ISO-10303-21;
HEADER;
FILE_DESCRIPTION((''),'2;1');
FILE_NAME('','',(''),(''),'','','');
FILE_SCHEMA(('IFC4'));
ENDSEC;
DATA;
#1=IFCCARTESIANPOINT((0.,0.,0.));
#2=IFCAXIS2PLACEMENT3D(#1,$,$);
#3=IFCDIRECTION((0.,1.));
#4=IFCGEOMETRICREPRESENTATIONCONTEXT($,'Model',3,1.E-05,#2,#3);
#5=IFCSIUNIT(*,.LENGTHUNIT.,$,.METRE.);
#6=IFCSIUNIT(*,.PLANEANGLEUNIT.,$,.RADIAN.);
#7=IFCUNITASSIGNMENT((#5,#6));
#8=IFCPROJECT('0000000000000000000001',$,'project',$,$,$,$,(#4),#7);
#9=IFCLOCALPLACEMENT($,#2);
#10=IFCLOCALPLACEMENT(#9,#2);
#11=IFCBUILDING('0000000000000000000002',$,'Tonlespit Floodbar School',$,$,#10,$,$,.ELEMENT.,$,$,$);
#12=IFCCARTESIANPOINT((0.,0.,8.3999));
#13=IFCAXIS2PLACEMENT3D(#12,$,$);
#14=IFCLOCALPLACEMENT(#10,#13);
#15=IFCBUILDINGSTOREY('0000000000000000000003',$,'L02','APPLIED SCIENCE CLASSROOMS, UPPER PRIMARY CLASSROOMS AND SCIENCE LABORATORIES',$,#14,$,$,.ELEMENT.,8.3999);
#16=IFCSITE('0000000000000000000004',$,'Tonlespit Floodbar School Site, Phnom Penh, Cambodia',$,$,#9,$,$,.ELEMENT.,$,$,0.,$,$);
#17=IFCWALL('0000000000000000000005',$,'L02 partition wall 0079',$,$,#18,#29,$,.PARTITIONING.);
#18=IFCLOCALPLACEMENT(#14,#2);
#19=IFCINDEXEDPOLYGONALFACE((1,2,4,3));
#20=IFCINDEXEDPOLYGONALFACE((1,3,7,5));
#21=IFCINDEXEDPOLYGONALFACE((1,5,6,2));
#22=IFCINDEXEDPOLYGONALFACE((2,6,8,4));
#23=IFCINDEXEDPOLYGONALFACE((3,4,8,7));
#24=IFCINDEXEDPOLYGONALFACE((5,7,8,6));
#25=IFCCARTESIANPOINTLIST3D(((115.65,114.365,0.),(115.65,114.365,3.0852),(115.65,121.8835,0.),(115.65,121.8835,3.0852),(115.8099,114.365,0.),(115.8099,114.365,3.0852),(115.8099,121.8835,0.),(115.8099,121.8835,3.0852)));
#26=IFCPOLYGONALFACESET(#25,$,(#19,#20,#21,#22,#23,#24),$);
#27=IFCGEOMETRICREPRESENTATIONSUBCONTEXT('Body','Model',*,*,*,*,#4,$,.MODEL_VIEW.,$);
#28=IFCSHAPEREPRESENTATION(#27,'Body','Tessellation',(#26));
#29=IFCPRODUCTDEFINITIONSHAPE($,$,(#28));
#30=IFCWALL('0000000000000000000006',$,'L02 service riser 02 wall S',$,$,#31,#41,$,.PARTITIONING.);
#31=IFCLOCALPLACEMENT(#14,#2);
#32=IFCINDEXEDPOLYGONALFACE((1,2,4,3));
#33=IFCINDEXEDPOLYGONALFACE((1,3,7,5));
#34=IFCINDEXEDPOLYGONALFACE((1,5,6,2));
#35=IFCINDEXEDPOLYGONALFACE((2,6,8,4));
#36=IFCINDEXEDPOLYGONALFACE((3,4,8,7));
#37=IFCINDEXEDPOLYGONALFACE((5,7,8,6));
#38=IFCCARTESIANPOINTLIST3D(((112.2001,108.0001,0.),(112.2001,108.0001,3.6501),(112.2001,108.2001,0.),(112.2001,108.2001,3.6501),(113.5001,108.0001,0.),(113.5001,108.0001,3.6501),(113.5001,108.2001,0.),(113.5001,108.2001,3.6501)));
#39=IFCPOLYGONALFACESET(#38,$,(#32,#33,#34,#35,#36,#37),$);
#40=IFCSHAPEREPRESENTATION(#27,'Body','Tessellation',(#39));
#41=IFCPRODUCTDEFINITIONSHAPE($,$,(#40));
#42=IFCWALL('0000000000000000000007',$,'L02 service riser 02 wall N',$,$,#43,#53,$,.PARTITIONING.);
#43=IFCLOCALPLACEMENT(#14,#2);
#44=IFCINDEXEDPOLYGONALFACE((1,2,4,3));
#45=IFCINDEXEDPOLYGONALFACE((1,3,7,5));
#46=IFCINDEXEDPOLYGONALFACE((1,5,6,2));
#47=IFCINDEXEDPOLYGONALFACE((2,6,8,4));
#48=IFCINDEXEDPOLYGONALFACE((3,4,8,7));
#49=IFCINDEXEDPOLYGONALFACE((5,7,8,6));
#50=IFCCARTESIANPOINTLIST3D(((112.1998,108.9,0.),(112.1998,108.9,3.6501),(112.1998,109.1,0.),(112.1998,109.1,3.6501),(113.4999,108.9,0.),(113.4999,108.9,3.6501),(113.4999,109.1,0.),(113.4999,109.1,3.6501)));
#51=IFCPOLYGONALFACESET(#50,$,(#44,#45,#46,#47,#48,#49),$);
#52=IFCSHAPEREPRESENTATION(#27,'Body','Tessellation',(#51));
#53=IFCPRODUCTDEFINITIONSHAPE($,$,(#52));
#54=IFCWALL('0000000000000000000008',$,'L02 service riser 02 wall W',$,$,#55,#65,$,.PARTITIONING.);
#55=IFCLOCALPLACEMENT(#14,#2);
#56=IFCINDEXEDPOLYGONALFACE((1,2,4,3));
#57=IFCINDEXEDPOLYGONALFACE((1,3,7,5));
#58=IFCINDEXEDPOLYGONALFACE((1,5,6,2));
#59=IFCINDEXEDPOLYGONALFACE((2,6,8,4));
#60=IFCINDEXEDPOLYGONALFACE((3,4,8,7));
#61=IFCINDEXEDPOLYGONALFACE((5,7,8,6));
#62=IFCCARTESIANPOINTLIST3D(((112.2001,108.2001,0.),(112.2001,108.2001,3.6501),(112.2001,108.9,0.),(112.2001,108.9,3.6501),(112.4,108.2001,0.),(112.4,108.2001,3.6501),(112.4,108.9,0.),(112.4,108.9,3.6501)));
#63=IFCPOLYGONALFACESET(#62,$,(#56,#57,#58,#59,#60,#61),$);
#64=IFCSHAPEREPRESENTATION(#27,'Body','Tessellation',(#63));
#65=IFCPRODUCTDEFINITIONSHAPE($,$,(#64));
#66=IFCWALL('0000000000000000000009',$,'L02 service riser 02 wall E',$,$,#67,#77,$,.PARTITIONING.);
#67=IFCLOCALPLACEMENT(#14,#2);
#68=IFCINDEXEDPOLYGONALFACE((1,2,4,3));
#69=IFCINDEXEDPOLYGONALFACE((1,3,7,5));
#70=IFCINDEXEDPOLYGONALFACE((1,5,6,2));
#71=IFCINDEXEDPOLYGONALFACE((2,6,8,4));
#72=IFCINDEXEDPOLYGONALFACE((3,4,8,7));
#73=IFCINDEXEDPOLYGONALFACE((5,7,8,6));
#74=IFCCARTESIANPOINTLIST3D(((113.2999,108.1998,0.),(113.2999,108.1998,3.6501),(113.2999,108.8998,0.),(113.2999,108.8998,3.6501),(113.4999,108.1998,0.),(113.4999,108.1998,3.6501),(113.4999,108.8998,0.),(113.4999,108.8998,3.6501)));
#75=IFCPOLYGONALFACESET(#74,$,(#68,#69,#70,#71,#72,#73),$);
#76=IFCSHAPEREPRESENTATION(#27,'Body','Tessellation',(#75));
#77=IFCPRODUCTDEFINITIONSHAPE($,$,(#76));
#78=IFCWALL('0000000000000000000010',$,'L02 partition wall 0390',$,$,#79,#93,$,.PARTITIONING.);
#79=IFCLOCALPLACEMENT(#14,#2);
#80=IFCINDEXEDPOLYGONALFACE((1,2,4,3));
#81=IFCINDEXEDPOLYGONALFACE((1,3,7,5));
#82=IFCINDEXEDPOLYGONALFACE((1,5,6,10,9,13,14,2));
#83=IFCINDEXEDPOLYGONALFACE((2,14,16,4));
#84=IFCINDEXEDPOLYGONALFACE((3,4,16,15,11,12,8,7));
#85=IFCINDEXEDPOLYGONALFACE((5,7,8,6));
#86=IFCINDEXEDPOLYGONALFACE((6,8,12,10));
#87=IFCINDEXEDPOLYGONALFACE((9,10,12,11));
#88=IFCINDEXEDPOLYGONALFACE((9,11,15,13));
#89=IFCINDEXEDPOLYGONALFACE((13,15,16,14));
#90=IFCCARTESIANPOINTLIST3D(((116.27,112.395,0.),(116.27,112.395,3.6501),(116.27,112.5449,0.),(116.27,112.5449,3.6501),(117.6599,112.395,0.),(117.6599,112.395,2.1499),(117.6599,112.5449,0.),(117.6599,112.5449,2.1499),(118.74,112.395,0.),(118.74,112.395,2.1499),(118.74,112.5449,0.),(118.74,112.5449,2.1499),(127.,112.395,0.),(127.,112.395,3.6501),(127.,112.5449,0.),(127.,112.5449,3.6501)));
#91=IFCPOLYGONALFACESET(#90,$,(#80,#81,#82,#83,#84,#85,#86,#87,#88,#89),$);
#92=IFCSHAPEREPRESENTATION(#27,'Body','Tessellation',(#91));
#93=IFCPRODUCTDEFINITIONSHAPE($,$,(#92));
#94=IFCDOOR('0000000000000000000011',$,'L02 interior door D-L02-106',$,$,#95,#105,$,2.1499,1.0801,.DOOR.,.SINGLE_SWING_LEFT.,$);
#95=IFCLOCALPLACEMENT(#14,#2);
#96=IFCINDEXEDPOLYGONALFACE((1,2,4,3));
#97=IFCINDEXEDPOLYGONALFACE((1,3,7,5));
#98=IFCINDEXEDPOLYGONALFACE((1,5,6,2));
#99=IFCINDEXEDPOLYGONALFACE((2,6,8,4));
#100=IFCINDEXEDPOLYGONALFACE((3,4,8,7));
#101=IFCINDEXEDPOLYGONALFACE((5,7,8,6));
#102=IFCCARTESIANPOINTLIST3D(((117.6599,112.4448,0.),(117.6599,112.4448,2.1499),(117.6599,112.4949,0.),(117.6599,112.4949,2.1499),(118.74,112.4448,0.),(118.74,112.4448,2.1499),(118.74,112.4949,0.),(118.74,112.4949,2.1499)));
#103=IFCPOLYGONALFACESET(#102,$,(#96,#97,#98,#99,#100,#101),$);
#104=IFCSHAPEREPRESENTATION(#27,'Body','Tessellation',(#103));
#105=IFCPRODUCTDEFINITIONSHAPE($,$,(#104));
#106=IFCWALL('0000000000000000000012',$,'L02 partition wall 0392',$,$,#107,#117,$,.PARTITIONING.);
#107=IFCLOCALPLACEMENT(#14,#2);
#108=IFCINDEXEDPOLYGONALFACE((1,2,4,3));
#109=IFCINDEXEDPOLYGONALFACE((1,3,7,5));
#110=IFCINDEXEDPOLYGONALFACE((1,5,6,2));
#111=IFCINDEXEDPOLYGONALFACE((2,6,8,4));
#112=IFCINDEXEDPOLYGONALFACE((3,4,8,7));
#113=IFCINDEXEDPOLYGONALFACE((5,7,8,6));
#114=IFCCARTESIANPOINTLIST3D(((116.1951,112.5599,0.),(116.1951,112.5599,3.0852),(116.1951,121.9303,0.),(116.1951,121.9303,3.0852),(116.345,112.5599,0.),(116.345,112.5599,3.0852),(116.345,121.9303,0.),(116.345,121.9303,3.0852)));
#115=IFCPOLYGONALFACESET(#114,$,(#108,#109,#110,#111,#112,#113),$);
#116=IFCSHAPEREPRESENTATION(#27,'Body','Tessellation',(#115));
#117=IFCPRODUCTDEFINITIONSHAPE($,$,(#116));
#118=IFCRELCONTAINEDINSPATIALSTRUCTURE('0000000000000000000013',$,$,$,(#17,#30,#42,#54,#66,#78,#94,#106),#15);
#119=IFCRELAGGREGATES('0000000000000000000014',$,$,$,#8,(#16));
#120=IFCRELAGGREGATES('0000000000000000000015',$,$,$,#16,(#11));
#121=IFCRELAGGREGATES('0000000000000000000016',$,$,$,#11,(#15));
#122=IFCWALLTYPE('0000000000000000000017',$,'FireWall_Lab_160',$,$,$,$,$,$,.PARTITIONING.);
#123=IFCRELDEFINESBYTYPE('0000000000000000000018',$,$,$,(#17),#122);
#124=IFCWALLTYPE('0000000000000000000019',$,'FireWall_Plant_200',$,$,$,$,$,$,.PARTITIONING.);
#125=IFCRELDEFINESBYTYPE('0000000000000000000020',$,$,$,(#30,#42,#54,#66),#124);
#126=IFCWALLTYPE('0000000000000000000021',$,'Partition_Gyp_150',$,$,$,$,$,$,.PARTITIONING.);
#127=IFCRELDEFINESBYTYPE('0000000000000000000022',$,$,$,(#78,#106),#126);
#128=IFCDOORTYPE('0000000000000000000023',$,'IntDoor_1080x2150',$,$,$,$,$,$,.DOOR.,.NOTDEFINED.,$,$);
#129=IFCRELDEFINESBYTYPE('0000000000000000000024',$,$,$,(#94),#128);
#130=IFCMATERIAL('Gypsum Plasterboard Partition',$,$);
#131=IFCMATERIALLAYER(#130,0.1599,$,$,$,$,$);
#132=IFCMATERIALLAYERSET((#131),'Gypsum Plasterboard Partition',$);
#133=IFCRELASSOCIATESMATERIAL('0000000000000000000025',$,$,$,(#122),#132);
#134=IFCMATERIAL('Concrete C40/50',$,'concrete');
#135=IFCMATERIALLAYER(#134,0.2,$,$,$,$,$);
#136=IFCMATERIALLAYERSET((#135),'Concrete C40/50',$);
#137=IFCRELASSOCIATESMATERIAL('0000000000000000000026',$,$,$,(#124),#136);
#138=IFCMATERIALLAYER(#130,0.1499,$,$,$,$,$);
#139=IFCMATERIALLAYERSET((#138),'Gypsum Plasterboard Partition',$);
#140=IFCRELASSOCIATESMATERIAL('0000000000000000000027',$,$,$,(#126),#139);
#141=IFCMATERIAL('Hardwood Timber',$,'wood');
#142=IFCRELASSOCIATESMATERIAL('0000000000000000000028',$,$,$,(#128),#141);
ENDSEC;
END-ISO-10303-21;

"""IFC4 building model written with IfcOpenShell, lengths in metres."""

from ifc_helpers import new_model, si_unit, direction, frame, frame_2d, origin, place, context, subcontext, project, spatial, rectangle, extrude, material, layer, layer_set, type_object, element, fill, save


model = new_model("IFC4")

# Units and contexts
model_context = context("Model", 3, precision=1e-05, world=origin(), true_north=direction((0.0, 1.0)))
body_context = subcontext(model_context, "Body", "Model", "MODEL_VIEW")
ifc_project = project(units=[si_unit("LENGTHUNIT", "METRE"), si_unit("PLANEANGLEUNIT", "RADIAN")], contexts=[model_context])

# Site, building, storey
site_placement = place(None, origin())
site = spatial("IfcSite", under=ifc_project, at=site_placement, Name="Tonlespit Floodbar School Site, Phnom Penh, Cambodia", CompositionType="ELEMENT", RefElevation=0.0)
building_placement = place(site_placement, origin())
building = spatial("IfcBuilding", under=site, at=building_placement, Name="Tonlespit Floodbar School", CompositionType="ELEMENT")
storey_placement = place(building_placement, frame((0.0, 0.0, 8.3999)))
storey = spatial("IfcBuildingStorey", under=building, at=storey_placement, Name="L02", Description="APPLIED SCIENCE CLASSROOMS, UPPER PRIMARY CLASSROOMS AND SCIENCE LABORATORIES", CompositionType="ELEMENT", Elevation=8.3999)

# Walls
ifc_material_1 = material(Name="Gypsum Plasterboard Partition")
ifc_layer_1 = layer(ifc_material_1, 0.1599)
ifc_layer_set_1 = layer_set([ifc_layer_1], Name="Gypsum Plasterboard Partition")
wall_type_1 = type_object("IfcWallType", Name="FireWall_Lab_160", PredefinedType="PARTITIONING", material=ifc_layer_set_1)
wall_1_placement = place(storey_placement, frame((115.73, 114.365, 0.0), z_axis=(0.0, 0.0, 1.0), x_axis=(0.0, 1.0, 0.0)))
element("IfcWall", 1, at=wall_1_placement, inside=storey, type_object=wall_type_1, Name="L02 partition wall 0079", PredefinedType="PARTITIONING", context=body_context, shape_type="SweptSolid", body=[
    extrude(rectangle(XDim=7.5186, YDim=0.1599, at=frame_2d((3.7593, 0.0))), origin(), (0.0, 0.0, 1.0), 3.0852),
])
ifc_material_2 = material(Name="Concrete C40/50", Category="concrete")
ifc_layer_2 = layer(ifc_material_2, 0.2)
ifc_layer_set_2 = layer_set([ifc_layer_2], Name="Concrete C40/50")
wall_type_2 = type_object("IfcWallType", Name="FireWall_Plant_200", PredefinedType="PARTITIONING", material=ifc_layer_set_2)
for number, where, z_axis, x_axis, name in (
    (2, (113.5, 108.1001, 0.0), (0.0, 0.0, 1.0), (-1.0, 0.0, 0.0), "L02 service riser 02 wall S"),
    (3, (112.2, 109.0, 0.0), (0.0, 0.0, 1.0), (1.0, 0.0, 0.0), "L02 service riser 02 wall N"),
):
    element("IfcWall", number, at=place(storey_placement, frame(where, z_axis=z_axis, x_axis=x_axis)), inside=storey, type_object=wall_type_2, Name=name, PredefinedType="PARTITIONING", context=body_context, shape_type="SweptSolid", body=[
        extrude(rectangle(XDim=1.3, YDim=0.2, at=frame_2d((0.6499, 0.0))), origin(), (0.0, 0.0, 1.0), 3.6501),
    ])
for number, where, z_axis, x_axis, name in (
    (4, (112.3, 108.2, 0.0), (0.0, 0.0, 1.0), (0.0, 1.0, 0.0), "L02 service riser 02 wall W"),
    (5, (113.3999, 108.8999, 0.0), (0.0, 0.0, 1.0), (0.0, -1.0, 0.0), "L02 service riser 02 wall E"),
):
    element("IfcWall", number, at=place(storey_placement, frame(where, z_axis=z_axis, x_axis=x_axis)), inside=storey, type_object=wall_type_2, Name=name, PredefinedType="PARTITIONING", context=body_context, shape_type="SweptSolid", body=[
        extrude(rectangle(XDim=0.7, YDim=0.2, at=frame_2d((0.3501, 0.0))), origin(), (0.0, 0.0, 1.0), 3.6501),
    ])

# Wall, opening, door
ifc_layer_3 = layer(ifc_material_1, 0.1499)
ifc_layer_set_3 = layer_set([ifc_layer_3], Name="Gypsum Plasterboard Partition")
wall_type_3 = type_object("IfcWallType", Name="Partition_Gyp_150", PredefinedType="PARTITIONING", material=ifc_layer_set_3)
wall_2_placement = place(storey_placement, frame((116.27, 112.47, 0.0), z_axis=(0.0, 0.0, 1.0), x_axis=(1.0, 0.0, 0.0)))
wall_2 = element("IfcWall", 6, at=wall_2_placement, inside=storey, type_object=wall_type_3, Name="L02 partition wall 0390", PredefinedType="PARTITIONING", context=body_context, shape_type="SweptSolid", body=[
    extrude(rectangle(XDim=10.73, YDim=0.1499, at=frame_2d((5.365, 0.0))), origin(), (0.0, 0.0, 1.0), 3.6501),
])
opening_placement = place(wall_2_placement, frame((1.3899, 0.0, 0.0)))
opening = element("IfcOpeningElement", 7, at=opening_placement, cuts=wall_2, PredefinedType="OPENING", context=body_context, shape_type="SweptSolid", body=[
    extrude(rectangle(XDim=1.0801, YDim=2.1499, at=frame_2d((0.54, 1.075))), frame((0.0, 0.085, 0.0), z_axis=(0.0, -1.0, 0.0), x_axis=(1.0, 0.0, 0.0)), (0.0, 0.0, 1.0), 0.1699),
])
ifc_material_3 = material(Name="Hardwood Timber", Category="wood")
door_type = type_object("IfcDoorType", Name="IntDoor_1080x2150", OperationType="NOTDEFINED", PredefinedType="DOOR", material=ifc_material_3)
door_placement = place(opening_placement, origin())
door = element("IfcDoor", 8, at=door_placement, inside=storey, type_object=door_type, Name="L02 interior door D-L02-106", OperationType="SINGLE_SWING_LEFT", OverallHeight=2.1499, OverallWidth=1.0801, PredefinedType="DOOR", context=body_context, shape_type="SweptSolid", body=[
    extrude(rectangle(XDim=1.0801, YDim=2.1499, at=frame_2d((0.54, 1.075))), frame((0.0, 0.0249, 0.0), z_axis=(0.0, -1.0, 0.0), x_axis=(1.0, 0.0, 0.0)), (0.0, 0.0, 1.0), 0.05),
])
fill(opening, door)

# Wall
wall_3_placement = place(storey_placement, frame((116.27, 112.5601, 0.0), z_axis=(0.0, 0.0, 1.0), x_axis=(0.0, 1.0, 0.0)))
element("IfcWall", 9, at=wall_3_placement, inside=storey, type_object=wall_type_3, Name="L02 partition wall 0392", PredefinedType="PARTITIONING", context=body_context, shape_type="SweptSolid", body=[
    extrude(rectangle(XDim=9.3704, YDim=0.1499, at=frame_2d((4.6851, 0.0))), origin(), (0.0, 0.0, 1.0), 3.0852),
])

save(model, "model.ifc")
